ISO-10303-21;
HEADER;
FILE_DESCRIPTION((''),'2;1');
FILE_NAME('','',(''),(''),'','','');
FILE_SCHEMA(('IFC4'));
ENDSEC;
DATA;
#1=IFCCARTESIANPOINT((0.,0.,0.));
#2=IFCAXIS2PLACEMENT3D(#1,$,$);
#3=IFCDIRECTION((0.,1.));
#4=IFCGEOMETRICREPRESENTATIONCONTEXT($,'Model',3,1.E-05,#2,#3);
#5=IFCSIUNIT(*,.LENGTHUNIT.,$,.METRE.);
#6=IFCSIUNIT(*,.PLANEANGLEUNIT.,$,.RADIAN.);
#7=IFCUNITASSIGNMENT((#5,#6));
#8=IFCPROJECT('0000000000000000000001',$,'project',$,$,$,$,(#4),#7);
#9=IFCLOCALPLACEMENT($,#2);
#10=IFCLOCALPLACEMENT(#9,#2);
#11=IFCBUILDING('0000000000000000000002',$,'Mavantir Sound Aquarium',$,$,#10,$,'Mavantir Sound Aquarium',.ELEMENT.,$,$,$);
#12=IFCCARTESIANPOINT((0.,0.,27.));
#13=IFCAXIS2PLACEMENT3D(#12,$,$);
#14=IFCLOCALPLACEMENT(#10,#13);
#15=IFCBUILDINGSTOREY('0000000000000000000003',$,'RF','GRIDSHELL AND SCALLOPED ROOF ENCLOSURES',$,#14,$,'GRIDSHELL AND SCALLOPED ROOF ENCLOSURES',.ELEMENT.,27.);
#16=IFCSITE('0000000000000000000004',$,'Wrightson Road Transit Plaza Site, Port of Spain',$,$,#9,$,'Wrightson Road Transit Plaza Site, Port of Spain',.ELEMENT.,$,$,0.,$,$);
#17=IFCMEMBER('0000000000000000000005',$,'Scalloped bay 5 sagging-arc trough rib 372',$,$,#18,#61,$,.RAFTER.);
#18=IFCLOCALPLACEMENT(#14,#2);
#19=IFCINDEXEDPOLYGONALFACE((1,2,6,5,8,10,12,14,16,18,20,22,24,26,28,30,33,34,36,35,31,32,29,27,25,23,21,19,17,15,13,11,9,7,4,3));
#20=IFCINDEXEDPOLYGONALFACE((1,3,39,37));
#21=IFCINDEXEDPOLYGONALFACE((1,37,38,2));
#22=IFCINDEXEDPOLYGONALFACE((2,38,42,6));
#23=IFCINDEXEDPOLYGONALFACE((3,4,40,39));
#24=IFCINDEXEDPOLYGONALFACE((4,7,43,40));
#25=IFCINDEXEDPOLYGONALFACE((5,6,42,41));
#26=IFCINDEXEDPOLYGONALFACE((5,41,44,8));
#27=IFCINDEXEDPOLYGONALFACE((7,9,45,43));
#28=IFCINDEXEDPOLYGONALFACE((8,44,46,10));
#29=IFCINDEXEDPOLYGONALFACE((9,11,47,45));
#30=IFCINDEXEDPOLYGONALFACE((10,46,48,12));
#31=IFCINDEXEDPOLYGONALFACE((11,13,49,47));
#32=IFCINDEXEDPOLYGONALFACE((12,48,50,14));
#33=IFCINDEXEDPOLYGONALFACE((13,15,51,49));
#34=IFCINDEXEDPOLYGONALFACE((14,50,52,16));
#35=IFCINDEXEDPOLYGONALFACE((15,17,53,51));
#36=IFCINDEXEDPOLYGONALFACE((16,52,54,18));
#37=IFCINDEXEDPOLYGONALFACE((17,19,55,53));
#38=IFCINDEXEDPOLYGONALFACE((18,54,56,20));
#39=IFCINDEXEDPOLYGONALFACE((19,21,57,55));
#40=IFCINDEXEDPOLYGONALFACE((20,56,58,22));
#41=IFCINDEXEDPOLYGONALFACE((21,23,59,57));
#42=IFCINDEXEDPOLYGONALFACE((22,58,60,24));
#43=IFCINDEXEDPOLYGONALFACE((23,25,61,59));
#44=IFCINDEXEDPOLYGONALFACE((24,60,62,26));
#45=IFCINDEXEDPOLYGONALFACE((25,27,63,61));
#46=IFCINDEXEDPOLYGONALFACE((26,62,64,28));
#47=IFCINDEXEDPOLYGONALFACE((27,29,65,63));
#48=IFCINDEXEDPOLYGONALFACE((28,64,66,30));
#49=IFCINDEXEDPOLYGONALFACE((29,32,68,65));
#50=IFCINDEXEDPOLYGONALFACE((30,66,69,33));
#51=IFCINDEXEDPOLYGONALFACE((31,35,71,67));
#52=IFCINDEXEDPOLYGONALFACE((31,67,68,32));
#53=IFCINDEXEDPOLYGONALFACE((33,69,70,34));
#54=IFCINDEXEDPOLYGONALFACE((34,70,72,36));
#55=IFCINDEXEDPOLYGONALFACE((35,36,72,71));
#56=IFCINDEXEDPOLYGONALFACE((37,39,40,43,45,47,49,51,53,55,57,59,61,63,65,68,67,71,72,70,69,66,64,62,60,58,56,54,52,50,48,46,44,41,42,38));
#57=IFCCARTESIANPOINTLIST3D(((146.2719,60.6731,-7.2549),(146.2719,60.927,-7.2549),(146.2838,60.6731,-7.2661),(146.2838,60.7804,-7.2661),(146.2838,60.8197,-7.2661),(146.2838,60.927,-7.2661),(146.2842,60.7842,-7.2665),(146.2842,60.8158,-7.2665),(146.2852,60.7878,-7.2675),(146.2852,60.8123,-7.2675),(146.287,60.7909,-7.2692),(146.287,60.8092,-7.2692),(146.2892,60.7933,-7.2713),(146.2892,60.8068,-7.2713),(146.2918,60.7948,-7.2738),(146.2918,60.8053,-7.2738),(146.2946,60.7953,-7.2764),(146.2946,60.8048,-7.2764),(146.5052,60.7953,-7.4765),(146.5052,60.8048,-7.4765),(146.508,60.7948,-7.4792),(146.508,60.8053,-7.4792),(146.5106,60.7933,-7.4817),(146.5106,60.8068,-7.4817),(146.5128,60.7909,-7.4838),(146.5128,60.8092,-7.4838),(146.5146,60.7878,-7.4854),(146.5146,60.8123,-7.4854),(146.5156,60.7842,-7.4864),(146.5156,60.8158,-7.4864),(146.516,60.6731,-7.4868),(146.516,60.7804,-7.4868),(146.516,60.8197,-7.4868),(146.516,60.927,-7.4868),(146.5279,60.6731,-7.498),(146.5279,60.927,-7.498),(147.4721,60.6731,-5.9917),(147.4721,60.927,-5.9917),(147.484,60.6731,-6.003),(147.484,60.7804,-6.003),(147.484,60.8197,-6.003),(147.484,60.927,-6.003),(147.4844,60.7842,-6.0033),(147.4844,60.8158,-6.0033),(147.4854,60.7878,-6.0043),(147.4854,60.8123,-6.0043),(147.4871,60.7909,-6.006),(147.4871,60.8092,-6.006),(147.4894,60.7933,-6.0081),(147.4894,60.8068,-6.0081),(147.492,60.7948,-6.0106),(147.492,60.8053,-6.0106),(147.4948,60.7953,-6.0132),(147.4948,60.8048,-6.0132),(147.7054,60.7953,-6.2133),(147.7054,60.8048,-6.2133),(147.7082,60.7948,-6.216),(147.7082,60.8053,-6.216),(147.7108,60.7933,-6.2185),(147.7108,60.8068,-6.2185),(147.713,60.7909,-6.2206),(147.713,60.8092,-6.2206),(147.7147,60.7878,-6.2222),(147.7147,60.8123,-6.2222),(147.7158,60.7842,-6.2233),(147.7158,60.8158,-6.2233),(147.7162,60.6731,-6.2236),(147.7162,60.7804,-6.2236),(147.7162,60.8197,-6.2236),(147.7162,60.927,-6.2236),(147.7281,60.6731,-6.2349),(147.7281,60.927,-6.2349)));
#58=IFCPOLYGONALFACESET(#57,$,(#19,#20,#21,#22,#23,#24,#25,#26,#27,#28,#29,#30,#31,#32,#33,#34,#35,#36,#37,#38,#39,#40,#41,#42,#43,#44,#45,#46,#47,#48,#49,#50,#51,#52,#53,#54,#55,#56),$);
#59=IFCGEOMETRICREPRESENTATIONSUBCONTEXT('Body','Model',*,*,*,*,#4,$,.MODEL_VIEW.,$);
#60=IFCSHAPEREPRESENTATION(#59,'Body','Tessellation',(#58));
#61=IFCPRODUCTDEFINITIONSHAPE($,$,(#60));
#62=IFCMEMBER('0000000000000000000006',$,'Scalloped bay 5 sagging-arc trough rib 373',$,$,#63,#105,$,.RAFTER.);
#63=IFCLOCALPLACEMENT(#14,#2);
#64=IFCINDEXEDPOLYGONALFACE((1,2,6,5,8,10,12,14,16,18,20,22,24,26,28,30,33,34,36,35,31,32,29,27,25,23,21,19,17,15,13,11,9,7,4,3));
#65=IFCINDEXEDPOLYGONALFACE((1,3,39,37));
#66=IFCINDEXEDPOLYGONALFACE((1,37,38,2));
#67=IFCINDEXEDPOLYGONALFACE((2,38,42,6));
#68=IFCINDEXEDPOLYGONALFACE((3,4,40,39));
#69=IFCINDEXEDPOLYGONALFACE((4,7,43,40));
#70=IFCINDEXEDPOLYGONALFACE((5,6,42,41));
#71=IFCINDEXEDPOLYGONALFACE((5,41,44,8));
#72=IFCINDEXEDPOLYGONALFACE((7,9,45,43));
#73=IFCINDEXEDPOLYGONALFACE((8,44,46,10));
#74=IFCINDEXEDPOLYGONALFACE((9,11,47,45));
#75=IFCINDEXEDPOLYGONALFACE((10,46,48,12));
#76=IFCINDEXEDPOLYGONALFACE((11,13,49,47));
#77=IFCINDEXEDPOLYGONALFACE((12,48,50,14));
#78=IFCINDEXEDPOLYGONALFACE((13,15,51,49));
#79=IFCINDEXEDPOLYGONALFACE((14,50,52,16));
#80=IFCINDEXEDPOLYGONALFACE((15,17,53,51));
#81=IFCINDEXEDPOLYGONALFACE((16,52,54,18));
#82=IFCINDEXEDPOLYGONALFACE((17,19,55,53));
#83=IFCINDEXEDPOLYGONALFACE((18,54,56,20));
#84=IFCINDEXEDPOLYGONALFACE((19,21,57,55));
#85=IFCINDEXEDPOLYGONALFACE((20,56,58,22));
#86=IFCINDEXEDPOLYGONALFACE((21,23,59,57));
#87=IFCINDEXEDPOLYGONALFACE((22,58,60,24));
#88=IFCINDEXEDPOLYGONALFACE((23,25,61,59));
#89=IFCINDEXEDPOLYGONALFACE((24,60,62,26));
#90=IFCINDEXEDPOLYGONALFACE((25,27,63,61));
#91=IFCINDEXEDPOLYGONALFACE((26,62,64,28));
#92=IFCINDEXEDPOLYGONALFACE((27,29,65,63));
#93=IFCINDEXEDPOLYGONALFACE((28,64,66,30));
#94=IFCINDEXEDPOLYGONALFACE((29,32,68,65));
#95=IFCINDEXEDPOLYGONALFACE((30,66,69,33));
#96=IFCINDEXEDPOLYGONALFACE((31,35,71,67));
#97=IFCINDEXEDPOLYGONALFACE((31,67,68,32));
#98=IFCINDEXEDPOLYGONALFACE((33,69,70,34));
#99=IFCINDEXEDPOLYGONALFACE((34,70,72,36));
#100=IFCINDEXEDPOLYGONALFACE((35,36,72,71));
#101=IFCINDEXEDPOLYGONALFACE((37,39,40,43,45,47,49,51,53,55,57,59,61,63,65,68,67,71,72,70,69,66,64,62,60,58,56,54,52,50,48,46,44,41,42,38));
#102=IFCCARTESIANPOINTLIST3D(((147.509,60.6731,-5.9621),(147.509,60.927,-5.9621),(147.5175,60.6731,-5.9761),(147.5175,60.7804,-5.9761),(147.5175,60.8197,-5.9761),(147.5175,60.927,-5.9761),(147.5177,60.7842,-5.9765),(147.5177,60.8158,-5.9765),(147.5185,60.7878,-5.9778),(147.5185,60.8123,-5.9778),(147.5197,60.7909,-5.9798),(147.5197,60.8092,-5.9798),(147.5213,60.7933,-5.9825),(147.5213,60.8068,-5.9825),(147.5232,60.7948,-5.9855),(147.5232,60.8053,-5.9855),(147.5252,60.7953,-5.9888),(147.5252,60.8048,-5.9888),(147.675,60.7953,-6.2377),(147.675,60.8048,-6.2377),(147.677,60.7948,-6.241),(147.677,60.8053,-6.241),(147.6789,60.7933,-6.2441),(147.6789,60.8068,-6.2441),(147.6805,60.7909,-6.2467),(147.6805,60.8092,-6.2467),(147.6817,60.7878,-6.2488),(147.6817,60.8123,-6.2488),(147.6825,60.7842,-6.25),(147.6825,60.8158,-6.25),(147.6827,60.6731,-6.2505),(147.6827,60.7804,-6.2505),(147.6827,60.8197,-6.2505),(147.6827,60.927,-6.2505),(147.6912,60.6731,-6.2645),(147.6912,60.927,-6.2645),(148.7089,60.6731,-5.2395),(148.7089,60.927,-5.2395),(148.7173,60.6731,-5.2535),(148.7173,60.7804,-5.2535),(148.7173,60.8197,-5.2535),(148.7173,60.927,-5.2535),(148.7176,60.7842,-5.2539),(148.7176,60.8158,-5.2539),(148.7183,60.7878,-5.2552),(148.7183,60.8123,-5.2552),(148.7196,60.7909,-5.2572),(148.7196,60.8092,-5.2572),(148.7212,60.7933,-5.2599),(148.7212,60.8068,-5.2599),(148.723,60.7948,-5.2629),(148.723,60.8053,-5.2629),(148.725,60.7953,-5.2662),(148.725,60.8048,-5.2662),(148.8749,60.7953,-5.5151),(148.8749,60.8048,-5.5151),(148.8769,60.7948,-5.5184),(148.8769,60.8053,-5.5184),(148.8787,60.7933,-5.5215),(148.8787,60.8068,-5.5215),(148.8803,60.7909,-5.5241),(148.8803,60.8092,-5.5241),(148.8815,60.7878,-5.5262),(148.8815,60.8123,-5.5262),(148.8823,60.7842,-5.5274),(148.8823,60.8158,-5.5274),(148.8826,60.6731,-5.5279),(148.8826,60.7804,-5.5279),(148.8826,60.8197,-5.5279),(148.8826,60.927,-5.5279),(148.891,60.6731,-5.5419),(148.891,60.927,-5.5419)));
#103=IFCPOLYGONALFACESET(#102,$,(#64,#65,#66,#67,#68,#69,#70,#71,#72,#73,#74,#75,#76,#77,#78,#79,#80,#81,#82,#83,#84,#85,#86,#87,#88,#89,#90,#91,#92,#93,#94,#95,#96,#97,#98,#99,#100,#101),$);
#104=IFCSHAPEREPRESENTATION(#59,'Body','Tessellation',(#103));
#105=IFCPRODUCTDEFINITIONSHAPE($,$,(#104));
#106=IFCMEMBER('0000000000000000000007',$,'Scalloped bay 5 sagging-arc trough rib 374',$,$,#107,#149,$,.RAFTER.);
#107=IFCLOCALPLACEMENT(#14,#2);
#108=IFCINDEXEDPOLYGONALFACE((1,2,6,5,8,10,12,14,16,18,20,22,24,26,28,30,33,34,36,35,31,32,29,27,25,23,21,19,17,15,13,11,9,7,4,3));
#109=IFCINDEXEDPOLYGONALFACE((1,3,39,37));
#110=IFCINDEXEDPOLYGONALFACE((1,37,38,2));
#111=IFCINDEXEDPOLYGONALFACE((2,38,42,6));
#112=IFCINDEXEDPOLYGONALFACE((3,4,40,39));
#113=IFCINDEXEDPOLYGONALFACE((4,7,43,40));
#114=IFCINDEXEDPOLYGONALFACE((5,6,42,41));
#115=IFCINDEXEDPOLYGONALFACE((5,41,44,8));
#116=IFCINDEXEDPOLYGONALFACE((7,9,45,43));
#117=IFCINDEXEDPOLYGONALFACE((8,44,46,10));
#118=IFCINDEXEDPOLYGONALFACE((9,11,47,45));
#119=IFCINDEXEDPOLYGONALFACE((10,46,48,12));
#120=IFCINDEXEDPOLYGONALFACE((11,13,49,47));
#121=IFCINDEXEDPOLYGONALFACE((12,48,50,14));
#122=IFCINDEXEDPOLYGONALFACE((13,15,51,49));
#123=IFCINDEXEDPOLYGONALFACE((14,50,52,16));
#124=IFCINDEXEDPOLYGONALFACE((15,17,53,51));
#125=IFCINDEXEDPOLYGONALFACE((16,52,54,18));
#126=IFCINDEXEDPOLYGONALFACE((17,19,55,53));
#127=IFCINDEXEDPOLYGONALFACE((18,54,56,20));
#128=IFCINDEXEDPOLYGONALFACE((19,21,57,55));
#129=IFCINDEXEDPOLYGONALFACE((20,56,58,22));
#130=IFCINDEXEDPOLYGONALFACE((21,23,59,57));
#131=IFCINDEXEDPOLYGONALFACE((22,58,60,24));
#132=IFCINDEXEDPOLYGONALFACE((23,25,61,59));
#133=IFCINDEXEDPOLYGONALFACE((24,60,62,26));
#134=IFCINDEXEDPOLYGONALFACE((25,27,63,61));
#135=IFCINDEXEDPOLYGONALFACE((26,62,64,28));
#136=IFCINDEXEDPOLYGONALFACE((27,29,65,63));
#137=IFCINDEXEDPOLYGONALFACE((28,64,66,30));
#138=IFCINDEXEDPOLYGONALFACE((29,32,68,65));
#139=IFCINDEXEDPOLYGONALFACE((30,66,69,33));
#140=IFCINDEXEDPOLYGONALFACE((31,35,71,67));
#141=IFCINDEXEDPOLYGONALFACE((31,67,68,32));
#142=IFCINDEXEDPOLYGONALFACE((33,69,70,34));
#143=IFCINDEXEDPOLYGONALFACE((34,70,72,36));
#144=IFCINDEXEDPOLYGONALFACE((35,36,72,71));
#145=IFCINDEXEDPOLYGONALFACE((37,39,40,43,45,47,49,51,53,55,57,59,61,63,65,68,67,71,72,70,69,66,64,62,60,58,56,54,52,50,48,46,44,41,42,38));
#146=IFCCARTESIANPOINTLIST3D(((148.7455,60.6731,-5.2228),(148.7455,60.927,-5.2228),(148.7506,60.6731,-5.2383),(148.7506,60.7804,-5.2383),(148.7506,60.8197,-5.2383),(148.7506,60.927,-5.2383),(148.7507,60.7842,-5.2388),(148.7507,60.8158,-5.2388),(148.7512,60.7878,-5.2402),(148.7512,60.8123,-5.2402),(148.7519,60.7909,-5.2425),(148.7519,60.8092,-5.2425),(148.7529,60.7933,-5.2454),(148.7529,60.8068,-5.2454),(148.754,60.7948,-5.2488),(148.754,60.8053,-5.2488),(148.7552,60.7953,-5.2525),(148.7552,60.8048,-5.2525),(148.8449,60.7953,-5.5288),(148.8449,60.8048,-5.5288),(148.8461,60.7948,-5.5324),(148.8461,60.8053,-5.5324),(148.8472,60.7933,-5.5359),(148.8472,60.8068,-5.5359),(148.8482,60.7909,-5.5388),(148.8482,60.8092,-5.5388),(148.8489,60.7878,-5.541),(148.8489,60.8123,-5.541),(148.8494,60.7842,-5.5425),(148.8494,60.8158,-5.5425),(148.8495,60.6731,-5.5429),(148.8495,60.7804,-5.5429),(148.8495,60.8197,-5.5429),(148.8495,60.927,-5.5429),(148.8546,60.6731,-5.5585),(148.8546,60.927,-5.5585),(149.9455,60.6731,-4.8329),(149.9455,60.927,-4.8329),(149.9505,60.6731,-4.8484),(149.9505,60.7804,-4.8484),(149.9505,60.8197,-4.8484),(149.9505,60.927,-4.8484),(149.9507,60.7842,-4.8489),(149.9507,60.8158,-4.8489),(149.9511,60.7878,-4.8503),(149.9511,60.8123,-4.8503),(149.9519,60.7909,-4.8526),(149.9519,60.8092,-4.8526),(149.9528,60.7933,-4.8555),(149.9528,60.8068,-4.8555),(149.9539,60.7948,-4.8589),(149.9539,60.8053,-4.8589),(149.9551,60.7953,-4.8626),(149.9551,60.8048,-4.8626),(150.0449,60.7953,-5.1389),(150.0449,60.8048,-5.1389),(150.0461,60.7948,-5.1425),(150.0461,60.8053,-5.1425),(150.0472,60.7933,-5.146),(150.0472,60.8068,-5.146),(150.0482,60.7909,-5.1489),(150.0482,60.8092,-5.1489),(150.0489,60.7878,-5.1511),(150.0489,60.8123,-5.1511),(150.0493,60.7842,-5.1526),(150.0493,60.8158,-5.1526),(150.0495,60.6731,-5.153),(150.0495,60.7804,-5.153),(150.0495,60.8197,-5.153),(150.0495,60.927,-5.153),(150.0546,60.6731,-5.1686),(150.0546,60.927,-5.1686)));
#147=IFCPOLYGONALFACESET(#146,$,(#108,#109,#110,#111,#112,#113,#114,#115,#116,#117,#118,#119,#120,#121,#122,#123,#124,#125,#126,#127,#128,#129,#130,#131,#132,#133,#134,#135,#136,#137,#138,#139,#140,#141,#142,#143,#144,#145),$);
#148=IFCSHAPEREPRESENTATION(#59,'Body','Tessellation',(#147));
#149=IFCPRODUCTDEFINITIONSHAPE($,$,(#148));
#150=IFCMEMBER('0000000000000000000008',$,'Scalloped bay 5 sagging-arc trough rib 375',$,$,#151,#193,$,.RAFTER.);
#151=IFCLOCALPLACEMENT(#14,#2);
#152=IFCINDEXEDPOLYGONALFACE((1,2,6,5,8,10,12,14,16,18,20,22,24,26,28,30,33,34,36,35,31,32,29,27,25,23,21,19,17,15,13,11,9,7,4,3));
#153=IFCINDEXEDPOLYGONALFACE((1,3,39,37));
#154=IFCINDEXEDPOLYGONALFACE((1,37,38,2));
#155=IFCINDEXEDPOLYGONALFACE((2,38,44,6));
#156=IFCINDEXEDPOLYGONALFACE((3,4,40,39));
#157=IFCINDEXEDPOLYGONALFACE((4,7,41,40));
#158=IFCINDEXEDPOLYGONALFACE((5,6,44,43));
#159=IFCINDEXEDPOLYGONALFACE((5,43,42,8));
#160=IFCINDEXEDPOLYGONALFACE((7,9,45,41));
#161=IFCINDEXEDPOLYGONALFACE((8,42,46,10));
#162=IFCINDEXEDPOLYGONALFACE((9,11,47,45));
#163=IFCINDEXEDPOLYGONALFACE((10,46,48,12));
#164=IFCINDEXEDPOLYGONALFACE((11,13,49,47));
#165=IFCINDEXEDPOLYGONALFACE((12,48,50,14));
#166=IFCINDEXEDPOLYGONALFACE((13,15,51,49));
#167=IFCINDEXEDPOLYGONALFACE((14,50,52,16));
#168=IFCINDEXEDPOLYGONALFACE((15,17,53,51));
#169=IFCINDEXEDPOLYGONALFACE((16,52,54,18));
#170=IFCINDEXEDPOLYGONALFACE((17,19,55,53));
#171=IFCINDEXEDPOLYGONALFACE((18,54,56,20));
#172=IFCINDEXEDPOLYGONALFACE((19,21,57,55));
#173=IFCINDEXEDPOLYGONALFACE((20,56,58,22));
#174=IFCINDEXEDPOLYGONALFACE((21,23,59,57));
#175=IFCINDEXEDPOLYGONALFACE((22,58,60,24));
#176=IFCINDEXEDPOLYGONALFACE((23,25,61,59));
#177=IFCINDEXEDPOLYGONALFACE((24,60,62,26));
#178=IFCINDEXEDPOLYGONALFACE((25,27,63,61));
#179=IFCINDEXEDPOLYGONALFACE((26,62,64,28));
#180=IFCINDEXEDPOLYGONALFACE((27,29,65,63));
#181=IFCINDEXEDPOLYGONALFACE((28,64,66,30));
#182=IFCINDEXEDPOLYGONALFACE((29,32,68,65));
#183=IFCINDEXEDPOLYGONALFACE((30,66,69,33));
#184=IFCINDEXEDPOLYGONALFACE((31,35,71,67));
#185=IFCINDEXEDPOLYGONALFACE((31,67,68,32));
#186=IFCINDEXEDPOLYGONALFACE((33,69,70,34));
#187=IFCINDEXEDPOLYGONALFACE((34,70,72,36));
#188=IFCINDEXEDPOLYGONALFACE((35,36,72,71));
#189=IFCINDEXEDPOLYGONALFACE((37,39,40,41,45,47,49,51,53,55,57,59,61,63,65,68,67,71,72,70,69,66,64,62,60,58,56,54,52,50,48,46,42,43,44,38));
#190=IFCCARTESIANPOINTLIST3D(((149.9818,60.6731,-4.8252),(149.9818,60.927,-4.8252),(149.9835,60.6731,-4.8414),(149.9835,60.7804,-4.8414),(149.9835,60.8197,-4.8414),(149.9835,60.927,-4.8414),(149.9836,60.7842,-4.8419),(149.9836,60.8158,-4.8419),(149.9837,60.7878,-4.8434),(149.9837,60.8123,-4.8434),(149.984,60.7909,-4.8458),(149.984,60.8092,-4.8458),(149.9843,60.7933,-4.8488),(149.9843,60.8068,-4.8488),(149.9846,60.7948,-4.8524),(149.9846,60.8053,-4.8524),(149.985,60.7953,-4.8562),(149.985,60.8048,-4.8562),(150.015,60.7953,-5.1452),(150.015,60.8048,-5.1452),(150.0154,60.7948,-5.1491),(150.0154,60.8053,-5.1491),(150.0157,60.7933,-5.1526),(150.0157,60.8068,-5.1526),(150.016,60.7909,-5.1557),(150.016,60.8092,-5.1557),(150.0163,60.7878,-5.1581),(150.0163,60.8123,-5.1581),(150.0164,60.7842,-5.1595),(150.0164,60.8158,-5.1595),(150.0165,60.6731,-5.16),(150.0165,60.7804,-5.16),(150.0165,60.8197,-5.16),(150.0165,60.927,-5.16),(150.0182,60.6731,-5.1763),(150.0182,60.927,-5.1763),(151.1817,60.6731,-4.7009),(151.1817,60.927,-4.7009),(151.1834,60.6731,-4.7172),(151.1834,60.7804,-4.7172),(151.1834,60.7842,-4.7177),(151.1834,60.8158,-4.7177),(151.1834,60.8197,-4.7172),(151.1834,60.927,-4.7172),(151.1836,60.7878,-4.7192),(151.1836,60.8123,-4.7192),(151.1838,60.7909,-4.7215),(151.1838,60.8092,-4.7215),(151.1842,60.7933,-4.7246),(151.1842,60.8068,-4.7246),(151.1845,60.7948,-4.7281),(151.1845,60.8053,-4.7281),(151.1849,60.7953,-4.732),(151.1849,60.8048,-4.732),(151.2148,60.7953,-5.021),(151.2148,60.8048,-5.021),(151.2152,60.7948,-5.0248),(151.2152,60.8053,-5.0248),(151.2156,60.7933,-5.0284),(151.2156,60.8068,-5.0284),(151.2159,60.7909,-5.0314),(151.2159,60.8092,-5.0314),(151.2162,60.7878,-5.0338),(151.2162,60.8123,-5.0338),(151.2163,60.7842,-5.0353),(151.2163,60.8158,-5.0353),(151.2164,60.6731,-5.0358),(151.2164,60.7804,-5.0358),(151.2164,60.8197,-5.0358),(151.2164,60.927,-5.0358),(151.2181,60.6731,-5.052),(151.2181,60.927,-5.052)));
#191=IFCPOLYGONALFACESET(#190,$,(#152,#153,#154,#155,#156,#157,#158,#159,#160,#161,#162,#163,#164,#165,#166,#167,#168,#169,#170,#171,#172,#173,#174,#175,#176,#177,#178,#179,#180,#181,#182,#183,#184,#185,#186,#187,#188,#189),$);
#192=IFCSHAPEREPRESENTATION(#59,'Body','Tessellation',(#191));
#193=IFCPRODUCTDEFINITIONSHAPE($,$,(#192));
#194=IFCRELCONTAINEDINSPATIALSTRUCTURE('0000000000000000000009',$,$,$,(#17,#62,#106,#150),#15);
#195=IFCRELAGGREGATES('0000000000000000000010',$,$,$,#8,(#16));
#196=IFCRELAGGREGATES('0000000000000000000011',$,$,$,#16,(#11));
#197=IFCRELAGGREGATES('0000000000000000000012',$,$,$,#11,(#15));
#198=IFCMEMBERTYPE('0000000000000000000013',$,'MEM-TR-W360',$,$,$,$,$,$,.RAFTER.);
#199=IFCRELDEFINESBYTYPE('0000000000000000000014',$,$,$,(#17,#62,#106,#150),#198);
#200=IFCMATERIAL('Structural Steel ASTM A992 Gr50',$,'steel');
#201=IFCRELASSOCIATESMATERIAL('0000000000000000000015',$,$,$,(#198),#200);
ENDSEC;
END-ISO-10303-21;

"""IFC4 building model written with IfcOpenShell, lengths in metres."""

from ifc_helpers import new_model, si_unit, direction, frame, origin, origin_2d, place, context, subcontext, project, spatial, i_section, extrude, material, material_profile, profile_set, type_object, element, save


model = new_model("IFC4")

# Units and contexts
model_context = context("Model", 3, precision=1e-05, world=origin(), true_north=direction((0.0, 1.0)))
body_context = subcontext(model_context, "Body", "Model", "MODEL_VIEW")
ifc_project = project(units=[si_unit("LENGTHUNIT", "METRE"), si_unit("PLANEANGLEUNIT", "RADIAN")], contexts=[model_context])

# Site, building, storey
site_placement = place(None, origin())
site = spatial("IfcSite", under=ifc_project, at=site_placement, Name="Wrightson Road Transit Plaza Site, Port of Spain", LongName="Wrightson Road Transit Plaza Site, Port of Spain", CompositionType="ELEMENT", RefElevation=0.0)
building_placement = place(site_placement, origin())
building = spatial("IfcBuilding", under=site, at=building_placement, Name="Mavantir Sound Aquarium", LongName="Mavantir Sound Aquarium", CompositionType="ELEMENT")
storey_placement = place(building_placement, frame((0.0, 0.0, 27.0)))
storey = spatial("IfcBuildingStorey", under=building, at=storey_placement, Name="RF", Description="GRIDSHELL AND SCALLOPED ROOF ENCLOSURES", LongName="GRIDSHELL AND SCALLOPED ROOF ENCLOSURES", CompositionType="ELEMENT", Elevation=27.0)

# Shared definitions
ifc_material_1 = material(Name="Structural Steel ASTM A992 Gr50", Category="steel")

# Members
ifc_material_profile_1 = material_profile(ifc_material_1, i_section(OverallWidth=0.2539, OverallDepth=0.353, WebThickness=0.0095, FlangeThickness=0.0164, FilletRadius=0.0149, at=origin_2d()), Name="W360X91")
ifc_profile_set_1 = profile_set([ifc_material_profile_1], Name="Structural Steel ASTM A992 Gr50")
member_type_1 = type_object("IfcMemberType", Name="MEM-TR-W360", PredefinedType="RAFTER", material=ifc_profile_set_1)
member_1_placement = place(storey_placement, frame((146.3999, 60.8, -7.3765), z_axis=(0.688801, 0.0, 0.72495), x_axis=(0.0, 1.0, 0.0)))
element("IfcMember", 1, at=member_1_placement, inside=storey, type_object=member_type_1, Name="Scalloped bay 5 sagging-arc trough rib 372", PredefinedType="RAFTER", context=body_context, shape_type="SweptSolid", body=[
    extrude(i_section(OverallWidth=0.2539, OverallDepth=0.353, WebThickness=0.0095, FlangeThickness=0.0164, FilletRadius=0.0149, at=origin_2d()), origin(), (0.0, 0.0, 1.0), 1.7424),
])
member_2_placement = place(storey_placement, frame((147.6001, 60.8, -6.1133), z_axis=(0.856646, 0.0, 0.515905), x_axis=(0.0, 1.0, 0.0)))
element("IfcMember", 2, at=member_2_placement, inside=storey, type_object=member_type_1, Name="Scalloped bay 5 sagging-arc trough rib 373", PredefinedType="RAFTER", context=body_context, shape_type="SweptSolid", body=[
    extrude(i_section(OverallWidth=0.2539, OverallDepth=0.353, WebThickness=0.0095, FlangeThickness=0.0164, FilletRadius=0.0149, at=origin_2d()), origin(), (0.0, 0.0, 1.0), 1.4006),
])
member_3_placement = place(storey_placement, frame((148.8, 60.8, -5.3906), z_axis=(0.951055, 0.0, 0.30902), x_axis=(0.0, 1.0, 0.0)))
element("IfcMember", 3, at=member_3_placement, inside=storey, type_object=member_type_1, Name="Scalloped bay 5 sagging-arc trough rib 374", PredefinedType="RAFTER", context=body_context, shape_type="SweptSolid", body=[
    extrude(i_section(OverallWidth=0.2539, OverallDepth=0.353, WebThickness=0.0095, FlangeThickness=0.0164, FilletRadius=0.0149, at=origin_2d()), origin(), (0.0, 0.0, 1.0), 1.2617),
])
member_4_placement = place(storey_placement, frame((150.0, 60.8, -5.0007), z_axis=(0.99468, 0.0, 0.10301), x_axis=(0.0, 1.0, 0.0)))
element("IfcMember", 4, at=member_4_placement, inside=storey, type_object=member_type_1, Name="Scalloped bay 5 sagging-arc trough rib 375", PredefinedType="RAFTER", context=body_context, shape_type="SweptSolid", body=[
    extrude(i_section(OverallWidth=0.2539, OverallDepth=0.353, WebThickness=0.0095, FlangeThickness=0.0164, FilletRadius=0.0149, at=origin_2d()), origin(), (0.0, 0.0, 1.0), 1.2063),
])

save(model, "model.ifc")
